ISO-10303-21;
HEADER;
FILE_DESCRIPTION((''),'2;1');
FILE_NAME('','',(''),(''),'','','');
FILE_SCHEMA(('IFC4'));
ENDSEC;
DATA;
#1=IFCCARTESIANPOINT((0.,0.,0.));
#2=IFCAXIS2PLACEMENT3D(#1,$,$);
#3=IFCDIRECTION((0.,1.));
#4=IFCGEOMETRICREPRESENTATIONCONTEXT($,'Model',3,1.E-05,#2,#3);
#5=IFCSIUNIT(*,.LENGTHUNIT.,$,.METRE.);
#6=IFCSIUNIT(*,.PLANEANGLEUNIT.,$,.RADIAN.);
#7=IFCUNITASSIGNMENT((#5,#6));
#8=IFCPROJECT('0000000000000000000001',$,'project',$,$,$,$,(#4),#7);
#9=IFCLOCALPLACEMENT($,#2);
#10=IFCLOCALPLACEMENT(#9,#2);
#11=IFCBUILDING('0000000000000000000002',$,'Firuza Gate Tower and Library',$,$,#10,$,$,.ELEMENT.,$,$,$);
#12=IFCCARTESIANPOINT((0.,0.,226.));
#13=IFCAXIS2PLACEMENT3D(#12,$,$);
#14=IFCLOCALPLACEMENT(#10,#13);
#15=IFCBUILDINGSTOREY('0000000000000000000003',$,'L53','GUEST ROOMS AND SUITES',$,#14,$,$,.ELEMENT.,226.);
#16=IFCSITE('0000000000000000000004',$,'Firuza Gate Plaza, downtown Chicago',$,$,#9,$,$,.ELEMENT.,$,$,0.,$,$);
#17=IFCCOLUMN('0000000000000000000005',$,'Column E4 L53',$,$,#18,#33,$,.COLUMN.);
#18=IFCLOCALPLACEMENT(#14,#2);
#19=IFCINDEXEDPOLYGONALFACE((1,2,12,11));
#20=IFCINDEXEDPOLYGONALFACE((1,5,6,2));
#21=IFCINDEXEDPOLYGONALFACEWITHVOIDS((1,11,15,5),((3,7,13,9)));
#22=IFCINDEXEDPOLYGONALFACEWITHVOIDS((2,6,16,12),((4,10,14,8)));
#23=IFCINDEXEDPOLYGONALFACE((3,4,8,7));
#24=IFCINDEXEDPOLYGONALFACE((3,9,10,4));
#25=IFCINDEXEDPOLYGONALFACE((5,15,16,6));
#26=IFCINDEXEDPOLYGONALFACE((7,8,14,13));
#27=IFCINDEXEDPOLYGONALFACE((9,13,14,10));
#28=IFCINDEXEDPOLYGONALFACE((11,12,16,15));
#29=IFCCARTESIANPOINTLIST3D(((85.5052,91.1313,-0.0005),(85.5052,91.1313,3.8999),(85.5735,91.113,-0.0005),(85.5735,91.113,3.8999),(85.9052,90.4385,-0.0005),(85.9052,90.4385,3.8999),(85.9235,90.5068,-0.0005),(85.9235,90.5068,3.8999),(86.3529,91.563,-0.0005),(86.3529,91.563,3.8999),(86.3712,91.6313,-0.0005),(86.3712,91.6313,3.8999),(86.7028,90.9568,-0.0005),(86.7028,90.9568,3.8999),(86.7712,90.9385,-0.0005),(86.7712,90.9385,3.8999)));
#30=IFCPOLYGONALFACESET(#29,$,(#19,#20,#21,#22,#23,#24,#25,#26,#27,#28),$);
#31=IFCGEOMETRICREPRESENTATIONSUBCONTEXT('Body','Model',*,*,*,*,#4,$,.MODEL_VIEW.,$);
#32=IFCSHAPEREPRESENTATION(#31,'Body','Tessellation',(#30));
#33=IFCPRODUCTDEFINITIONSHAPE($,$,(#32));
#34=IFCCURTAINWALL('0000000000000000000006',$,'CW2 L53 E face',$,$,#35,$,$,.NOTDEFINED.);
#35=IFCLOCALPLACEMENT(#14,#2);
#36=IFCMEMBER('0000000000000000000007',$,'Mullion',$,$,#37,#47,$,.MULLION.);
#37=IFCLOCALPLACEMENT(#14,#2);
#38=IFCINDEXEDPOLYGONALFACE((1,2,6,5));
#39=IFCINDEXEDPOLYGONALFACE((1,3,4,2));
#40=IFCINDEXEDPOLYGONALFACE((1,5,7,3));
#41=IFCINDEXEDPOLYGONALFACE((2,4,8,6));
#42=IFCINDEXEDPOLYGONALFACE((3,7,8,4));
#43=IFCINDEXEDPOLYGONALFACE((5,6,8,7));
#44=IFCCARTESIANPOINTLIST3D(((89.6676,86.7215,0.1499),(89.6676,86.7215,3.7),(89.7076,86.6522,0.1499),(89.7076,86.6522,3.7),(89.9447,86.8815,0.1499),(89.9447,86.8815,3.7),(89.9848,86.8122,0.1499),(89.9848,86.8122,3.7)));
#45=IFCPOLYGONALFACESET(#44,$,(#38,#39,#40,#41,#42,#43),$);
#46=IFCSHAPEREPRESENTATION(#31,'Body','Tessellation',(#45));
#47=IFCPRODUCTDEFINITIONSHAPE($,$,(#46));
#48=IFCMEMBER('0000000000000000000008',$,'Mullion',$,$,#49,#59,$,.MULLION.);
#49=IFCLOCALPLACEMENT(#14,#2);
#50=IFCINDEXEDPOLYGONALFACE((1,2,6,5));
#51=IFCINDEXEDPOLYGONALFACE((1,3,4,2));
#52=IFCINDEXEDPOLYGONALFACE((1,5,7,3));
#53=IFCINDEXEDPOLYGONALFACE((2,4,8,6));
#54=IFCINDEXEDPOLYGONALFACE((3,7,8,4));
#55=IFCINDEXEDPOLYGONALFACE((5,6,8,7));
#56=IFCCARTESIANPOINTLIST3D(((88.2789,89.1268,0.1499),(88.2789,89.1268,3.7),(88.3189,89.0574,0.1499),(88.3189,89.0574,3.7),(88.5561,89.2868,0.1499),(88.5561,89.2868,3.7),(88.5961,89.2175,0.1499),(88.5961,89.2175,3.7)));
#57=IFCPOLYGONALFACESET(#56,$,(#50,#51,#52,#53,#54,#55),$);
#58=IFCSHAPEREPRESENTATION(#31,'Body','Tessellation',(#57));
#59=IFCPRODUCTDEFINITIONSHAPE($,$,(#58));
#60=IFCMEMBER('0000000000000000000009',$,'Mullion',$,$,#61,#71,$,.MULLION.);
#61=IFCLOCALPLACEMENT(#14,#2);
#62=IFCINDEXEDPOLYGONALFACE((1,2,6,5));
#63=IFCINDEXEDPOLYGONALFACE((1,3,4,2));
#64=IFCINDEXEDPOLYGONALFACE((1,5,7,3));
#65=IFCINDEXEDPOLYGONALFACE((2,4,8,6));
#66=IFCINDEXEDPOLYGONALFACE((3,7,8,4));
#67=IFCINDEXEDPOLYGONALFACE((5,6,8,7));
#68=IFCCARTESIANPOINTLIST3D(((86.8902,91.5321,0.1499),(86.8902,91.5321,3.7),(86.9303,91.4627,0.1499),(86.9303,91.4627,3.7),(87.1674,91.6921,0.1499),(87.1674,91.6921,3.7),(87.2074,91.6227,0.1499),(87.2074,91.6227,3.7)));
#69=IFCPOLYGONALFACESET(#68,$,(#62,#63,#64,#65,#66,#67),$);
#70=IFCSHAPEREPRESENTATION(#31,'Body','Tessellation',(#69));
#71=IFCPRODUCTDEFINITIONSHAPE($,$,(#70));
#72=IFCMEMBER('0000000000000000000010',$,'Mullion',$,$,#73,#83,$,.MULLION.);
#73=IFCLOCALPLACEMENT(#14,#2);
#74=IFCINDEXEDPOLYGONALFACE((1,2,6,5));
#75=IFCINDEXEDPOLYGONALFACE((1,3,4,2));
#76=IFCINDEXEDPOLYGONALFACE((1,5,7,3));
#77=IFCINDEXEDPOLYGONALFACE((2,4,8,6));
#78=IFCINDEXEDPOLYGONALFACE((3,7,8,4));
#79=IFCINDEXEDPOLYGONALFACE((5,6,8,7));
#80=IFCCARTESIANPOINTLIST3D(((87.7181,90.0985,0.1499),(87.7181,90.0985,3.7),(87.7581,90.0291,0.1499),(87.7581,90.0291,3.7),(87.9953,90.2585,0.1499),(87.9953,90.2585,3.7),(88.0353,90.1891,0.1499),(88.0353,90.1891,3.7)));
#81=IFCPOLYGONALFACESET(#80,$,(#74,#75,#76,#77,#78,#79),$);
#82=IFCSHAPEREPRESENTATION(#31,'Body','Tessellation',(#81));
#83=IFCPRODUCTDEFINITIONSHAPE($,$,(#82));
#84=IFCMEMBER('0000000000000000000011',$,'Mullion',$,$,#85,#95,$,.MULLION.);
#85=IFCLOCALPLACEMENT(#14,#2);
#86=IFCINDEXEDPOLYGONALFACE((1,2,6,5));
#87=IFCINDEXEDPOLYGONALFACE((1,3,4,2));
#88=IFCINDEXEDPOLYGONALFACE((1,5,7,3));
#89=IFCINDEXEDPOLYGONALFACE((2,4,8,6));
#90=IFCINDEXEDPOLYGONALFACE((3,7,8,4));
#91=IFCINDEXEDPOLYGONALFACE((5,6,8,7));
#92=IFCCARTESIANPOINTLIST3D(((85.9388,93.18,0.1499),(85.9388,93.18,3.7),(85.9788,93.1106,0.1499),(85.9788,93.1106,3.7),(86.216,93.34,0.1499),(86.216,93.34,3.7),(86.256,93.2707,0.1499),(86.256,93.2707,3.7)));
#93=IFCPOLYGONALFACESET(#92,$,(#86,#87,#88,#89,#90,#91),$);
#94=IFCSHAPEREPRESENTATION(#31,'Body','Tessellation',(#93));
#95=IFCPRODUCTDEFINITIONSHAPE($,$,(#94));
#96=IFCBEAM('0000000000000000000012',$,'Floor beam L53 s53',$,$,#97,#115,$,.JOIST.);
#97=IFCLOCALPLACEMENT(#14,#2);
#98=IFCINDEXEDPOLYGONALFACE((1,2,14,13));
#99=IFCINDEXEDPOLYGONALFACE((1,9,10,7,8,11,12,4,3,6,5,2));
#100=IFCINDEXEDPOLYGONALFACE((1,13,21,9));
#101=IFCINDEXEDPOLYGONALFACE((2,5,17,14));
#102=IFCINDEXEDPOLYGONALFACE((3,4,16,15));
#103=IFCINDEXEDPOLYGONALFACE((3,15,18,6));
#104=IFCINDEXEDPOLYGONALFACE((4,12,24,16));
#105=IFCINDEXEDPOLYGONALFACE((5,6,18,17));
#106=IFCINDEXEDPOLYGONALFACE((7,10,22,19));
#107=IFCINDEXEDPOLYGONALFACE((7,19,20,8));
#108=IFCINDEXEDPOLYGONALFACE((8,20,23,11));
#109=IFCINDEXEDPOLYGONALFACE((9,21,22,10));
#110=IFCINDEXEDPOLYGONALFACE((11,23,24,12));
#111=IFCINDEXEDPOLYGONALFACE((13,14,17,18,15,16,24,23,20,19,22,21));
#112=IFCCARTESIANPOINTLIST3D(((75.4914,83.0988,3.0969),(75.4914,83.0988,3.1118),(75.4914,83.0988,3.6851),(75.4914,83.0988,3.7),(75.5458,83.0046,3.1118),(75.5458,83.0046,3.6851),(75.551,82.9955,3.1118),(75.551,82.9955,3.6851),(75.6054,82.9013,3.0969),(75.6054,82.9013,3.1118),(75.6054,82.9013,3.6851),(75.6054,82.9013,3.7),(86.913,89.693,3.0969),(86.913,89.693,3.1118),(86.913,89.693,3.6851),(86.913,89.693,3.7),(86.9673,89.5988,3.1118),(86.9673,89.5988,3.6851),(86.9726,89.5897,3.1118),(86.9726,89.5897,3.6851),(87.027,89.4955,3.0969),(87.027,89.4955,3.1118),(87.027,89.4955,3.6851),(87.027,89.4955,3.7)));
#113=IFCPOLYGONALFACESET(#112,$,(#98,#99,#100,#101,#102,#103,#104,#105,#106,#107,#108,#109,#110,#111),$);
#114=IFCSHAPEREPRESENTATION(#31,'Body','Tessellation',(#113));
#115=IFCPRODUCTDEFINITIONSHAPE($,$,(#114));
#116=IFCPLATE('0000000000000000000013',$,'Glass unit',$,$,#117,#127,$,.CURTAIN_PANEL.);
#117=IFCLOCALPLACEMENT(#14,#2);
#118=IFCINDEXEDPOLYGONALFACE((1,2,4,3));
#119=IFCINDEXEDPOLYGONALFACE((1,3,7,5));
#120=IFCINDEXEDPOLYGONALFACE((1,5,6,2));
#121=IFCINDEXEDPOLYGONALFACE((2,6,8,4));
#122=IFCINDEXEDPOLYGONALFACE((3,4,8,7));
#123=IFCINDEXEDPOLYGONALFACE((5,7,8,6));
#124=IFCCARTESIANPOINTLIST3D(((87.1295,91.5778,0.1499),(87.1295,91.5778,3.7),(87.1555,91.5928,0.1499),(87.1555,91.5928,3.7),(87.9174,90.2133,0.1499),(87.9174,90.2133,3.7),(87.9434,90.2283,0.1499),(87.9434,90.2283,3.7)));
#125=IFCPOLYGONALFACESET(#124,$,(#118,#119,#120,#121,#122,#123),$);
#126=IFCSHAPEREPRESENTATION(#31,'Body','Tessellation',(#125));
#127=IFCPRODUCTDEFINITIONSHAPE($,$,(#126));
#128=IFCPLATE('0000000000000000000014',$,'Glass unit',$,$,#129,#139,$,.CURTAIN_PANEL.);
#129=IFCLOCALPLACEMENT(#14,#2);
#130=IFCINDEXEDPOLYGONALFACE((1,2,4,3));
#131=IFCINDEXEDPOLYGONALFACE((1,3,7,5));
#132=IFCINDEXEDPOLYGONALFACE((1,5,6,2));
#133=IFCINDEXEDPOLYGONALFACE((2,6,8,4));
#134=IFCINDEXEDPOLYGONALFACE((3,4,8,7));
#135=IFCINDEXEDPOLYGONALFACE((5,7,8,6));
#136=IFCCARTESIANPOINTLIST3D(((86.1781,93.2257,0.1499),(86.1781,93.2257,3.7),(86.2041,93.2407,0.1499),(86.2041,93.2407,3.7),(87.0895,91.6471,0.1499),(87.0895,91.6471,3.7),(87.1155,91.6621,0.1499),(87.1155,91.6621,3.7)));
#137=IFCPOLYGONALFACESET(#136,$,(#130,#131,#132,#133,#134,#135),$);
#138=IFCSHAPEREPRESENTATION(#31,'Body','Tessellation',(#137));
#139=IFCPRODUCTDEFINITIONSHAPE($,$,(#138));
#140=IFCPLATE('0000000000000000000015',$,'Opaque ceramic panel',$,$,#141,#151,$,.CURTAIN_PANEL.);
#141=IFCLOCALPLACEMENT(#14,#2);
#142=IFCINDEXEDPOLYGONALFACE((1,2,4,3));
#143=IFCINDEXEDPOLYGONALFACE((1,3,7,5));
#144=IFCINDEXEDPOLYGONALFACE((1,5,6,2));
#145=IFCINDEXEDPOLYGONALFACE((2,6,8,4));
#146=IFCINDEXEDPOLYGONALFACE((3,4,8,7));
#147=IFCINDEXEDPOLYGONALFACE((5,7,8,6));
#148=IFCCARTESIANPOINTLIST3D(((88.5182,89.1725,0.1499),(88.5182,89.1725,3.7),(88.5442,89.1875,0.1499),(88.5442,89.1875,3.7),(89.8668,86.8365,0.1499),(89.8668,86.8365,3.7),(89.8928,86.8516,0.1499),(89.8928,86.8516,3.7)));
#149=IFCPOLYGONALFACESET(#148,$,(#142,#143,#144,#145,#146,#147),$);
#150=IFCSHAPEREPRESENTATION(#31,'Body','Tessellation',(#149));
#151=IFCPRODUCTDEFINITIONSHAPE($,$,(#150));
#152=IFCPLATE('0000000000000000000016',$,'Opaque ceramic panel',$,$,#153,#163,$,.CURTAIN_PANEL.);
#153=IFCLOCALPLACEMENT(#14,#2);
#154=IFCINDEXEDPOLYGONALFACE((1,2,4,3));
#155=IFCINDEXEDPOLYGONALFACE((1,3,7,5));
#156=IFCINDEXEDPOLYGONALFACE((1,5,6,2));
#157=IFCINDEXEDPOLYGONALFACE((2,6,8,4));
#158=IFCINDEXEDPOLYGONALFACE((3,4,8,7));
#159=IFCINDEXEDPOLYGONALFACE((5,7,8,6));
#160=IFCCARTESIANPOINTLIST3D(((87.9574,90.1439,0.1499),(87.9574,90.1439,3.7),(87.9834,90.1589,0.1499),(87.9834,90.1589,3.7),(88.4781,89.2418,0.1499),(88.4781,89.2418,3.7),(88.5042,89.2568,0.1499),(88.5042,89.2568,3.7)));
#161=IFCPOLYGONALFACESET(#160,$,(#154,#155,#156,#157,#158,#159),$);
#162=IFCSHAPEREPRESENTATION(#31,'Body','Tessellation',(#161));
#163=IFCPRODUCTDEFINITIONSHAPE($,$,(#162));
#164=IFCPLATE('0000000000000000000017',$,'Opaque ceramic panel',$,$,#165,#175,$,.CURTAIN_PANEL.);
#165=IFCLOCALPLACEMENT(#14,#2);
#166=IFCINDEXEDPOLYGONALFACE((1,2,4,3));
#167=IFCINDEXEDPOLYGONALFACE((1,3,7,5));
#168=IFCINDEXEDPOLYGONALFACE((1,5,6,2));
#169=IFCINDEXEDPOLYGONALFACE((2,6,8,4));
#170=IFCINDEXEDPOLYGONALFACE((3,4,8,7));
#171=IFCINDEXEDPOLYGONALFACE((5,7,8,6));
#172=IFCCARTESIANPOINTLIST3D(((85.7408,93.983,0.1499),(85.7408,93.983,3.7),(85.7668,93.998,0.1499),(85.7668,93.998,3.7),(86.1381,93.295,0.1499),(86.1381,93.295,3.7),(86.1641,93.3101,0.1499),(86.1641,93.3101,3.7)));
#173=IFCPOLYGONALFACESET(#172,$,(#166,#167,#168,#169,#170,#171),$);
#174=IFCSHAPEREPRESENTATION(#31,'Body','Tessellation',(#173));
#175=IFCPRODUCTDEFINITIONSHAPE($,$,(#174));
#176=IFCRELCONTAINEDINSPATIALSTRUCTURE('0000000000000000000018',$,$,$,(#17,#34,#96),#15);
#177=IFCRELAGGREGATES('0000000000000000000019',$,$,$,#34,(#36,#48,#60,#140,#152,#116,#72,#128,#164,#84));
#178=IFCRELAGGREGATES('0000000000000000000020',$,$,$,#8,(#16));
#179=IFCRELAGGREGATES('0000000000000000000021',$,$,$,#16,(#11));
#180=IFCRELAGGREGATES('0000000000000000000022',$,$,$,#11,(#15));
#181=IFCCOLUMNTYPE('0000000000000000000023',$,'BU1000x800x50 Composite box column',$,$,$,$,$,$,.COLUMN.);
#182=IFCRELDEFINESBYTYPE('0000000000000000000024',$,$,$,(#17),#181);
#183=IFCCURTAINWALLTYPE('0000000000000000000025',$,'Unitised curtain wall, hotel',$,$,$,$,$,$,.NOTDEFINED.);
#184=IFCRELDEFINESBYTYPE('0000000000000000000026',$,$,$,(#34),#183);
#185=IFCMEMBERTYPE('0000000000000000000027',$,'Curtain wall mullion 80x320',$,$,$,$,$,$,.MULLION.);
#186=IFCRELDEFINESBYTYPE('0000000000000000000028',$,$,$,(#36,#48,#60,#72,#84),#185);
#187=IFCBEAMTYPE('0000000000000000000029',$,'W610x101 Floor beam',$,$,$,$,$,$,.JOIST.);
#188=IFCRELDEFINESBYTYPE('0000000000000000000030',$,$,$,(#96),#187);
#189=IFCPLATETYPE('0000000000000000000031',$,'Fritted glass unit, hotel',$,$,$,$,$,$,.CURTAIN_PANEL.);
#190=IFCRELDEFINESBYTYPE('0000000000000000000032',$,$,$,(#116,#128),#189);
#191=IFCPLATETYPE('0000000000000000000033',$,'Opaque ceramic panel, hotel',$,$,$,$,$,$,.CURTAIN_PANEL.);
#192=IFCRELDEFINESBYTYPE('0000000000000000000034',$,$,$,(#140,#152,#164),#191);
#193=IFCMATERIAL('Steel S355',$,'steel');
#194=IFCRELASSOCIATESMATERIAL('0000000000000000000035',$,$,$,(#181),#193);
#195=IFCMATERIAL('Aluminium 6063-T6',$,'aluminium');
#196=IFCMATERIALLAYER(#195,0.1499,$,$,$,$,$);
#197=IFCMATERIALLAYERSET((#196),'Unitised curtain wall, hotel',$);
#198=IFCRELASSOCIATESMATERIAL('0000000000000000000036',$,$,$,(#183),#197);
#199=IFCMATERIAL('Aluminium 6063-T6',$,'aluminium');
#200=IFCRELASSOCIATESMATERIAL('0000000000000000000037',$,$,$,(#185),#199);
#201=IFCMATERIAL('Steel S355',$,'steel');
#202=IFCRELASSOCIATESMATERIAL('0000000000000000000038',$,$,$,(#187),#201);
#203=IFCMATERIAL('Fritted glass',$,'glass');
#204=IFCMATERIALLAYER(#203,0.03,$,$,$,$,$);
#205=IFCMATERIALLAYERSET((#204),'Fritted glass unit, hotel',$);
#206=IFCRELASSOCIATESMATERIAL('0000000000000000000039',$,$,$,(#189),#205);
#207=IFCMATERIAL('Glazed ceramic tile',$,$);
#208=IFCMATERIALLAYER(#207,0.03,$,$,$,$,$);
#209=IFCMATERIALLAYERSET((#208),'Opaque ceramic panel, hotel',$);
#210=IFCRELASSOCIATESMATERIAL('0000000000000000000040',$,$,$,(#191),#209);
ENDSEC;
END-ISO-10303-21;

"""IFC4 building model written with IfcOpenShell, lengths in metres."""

from ifc_helpers import new_model, si_unit, direction, frame, origin, origin_2d, place, context, subcontext, project, spatial, polyline, rectangle, hollow_rectangle, i_section, outline, extrude, material, layer, layer_set, material_profile, profile_set, type_object, element, aggregate, save


model = new_model("IFC4")

# Units and contexts
model_context = context("Model", 3, precision=1e-05, world=origin(), true_north=direction((0.0, 1.0)))
body_context = subcontext(model_context, "Body", "Model", "MODEL_VIEW")
ifc_project = project(units=[si_unit("LENGTHUNIT", "METRE"), si_unit("PLANEANGLEUNIT", "RADIAN")], contexts=[model_context])

# Site, building, storey
site_placement = place(None, origin())
site = spatial("IfcSite", under=ifc_project, at=site_placement, Name="Firuza Gate Plaza, downtown Chicago", CompositionType="ELEMENT", RefElevation=0.0)
building_placement = place(site_placement, origin())
building = spatial("IfcBuilding", under=site, at=building_placement, Name="Firuza Gate Tower and Library", CompositionType="ELEMENT")
storey_placement = place(building_placement, frame((0.0, 0.0, 226.0)))
storey = spatial("IfcBuildingStorey", under=building, at=storey_placement, Name="L53", Description="GUEST ROOMS AND SUITES", CompositionType="ELEMENT", Elevation=226.0)

# Column
ifc_material_1 = material(Name="Steel S355", Category="steel")
ifc_material_profile_1 = material_profile(ifc_material_1, hollow_rectangle(XDim=0.8, YDim=1.0, WallThickness=0.05, at=origin_2d()))
ifc_profile_set_1 = profile_set([ifc_material_profile_1], Name="Steel S355")
column_type = type_object("IfcColumnType", Name="BU1000x800x50 Composite box column", PredefinedType="COLUMN", material=ifc_profile_set_1)
column_placement = place(storey_placement, frame((86.1382, 91.0349, -0.0005), z_axis=(0.0, 0.0, 1.0), x_axis=(-0.5, 0.866025, 0.0)))
element("IfcColumn", 1, at=column_placement, inside=storey, type_object=column_type, Name="Column E4 L53", PredefinedType="COLUMN", context=body_context, shape_type="SweptSolid", body=[
    extrude(hollow_rectangle(XDim=0.8, YDim=1.0, WallThickness=0.05, at=origin_2d()), origin(), (0.0, 0.0, 1.0), 3.9004),
])

# Curtain wall, members
ifc_material_2 = material(Name="Aluminium 6063-T6", Category="aluminium")
ifc_layer_1 = layer(ifc_material_2, 0.1499)
ifc_layer_set_1 = layer_set([ifc_layer_1], Name="Unitised curtain wall, hotel")
curtain_wall_type = type_object("IfcCurtainWallType", Name="Unitised curtain wall, hotel", PredefinedType="NOTDEFINED", material=ifc_layer_set_1)
curtain_wall_placement = place(storey_placement, origin())
curtain_wall = element("IfcCurtainWall", 2, at=curtain_wall_placement, inside=storey, type_object=curtain_wall_type, Name="CW2 L53 E face", PredefinedType="NOTDEFINED")
ifc_material_3 = material(Name="Aluminium 6063-T6", Category="aluminium")
ifc_material_profile_2 = material_profile(ifc_material_3, rectangle(XDim=0.3201, YDim=0.0801, at=origin_2d()))
ifc_profile_set_2 = profile_set([ifc_material_profile_2], Name="Aluminium 6063-T6")
member_type = type_object("IfcMemberType", Name="Curtain wall mullion 80x320", PredefinedType="MULLION", material=ifc_profile_set_2)
member_1_placement = place(storey_placement, frame((89.8262, 86.7668, 0.1499), z_axis=(0.0, 0.0, 1.0), x_axis=(-0.866025, -0.5, 0.0)))
member_1 = element("IfcMember", 3, at=member_1_placement, type_object=member_type, Name="Mullion", PredefinedType="MULLION", context=body_context, shape_type="SweptSolid", body=[
    extrude(rectangle(XDim=0.3201, YDim=0.0801, at=origin_2d()), origin(), (0.0, 0.0, 1.0), 3.55),
])
member_2_placement = place(storey_placement, frame((88.4375, 89.1721, 0.1499), z_axis=(0.0, 0.0, 1.0), x_axis=(-0.866025, -0.5, 0.0)))
member_2 = element("IfcMember", 4, at=member_2_placement, type_object=member_type, Name="Mullion", PredefinedType="MULLION", context=body_context, shape_type="SweptSolid", body=[
    extrude(rectangle(XDim=0.3201, YDim=0.0801, at=origin_2d()), origin(), (0.0, 0.0, 1.0), 3.55),
])
member_3_placement = place(storey_placement, frame((87.0488, 91.5774, 0.1499), z_axis=(0.0, 0.0, 1.0), x_axis=(-0.866025, -0.5, 0.0)))
member_3 = element("IfcMember", 5, at=member_3_placement, type_object=member_type, Name="Mullion", PredefinedType="MULLION", context=body_context, shape_type="SweptSolid", body=[
    extrude(rectangle(XDim=0.3201, YDim=0.0801, at=origin_2d()), origin(), (0.0, 0.0, 1.0), 3.55),
])
member_4_placement = place(storey_placement, frame((87.8767, 90.1438, 0.1499), z_axis=(0.0, 0.0, 1.0), x_axis=(-0.866025, -0.5, 0.0)))
member_4 = element("IfcMember", 6, at=member_4_placement, type_object=member_type, Name="Mullion", PredefinedType="MULLION", context=body_context, shape_type="SweptSolid", body=[
    extrude(rectangle(XDim=0.3201, YDim=0.0801, at=origin_2d()), origin(), (0.0, 0.0, 1.0), 3.55),
])
member_5_placement = place(storey_placement, frame((86.0974, 93.2253, 0.1499), z_axis=(0.0, 0.0, 1.0), x_axis=(-0.866025, -0.5, 0.0)))
member_5 = element("IfcMember", 7, at=member_5_placement, type_object=member_type, Name="Mullion", PredefinedType="MULLION", context=body_context, shape_type="SweptSolid", body=[
    extrude(rectangle(XDim=0.3201, YDim=0.0801, at=origin_2d()), origin(), (0.0, 0.0, 1.0), 3.55),
])

# Beam
ifc_material_4 = material(Name="Steel S355", Category="steel")
ifc_material_profile_3 = material_profile(ifc_material_4, i_section(OverallWidth=0.228, OverallDepth=0.603, WebThickness=0.0105, FlangeThickness=0.0149, at=origin_2d()))
ifc_profile_set_3 = profile_set([ifc_material_profile_3], Name="Steel S355")
beam_type = type_object("IfcBeamType", Name="W610x101 Floor beam", PredefinedType="JOIST", material=ifc_profile_set_3)
beam_placement = place(storey_placement, frame((86.97, 89.5942, 3.3984), z_axis=(-0.866027, -0.499998, 0.0), x_axis=(0.499998, -0.866027, 0.0)))
element("IfcBeam", 8, at=beam_placement, inside=storey, type_object=beam_type, Name="Floor beam L53 s53", PredefinedType="JOIST", context=body_context, shape_type="SweptSolid", body=[
    extrude(i_section(OverallWidth=0.228, OverallDepth=0.603, WebThickness=0.0105, FlangeThickness=0.0149, at=origin_2d()), origin(), (0.0, 0.0, 1.0), 13.1885),
])

# Plates
ifc_material_5 = material(Name="Fritted glass", Category="glass")
ifc_layer_2 = layer(ifc_material_5, 0.03)
ifc_layer_set_2 = layer_set([ifc_layer_2], Name="Fritted glass unit, hotel")
plate_type_1 = type_object("IfcPlateType", Name="Fritted glass unit, hotel", PredefinedType="CURTAIN_PANEL", material=ifc_layer_set_2)
plate_1_placement = place(storey_placement, frame((87.9434, 90.2283, 0.1499), z_axis=(0.866013, 0.500022, 0.0), x_axis=(-0.500022, 0.866013, 0.0)))
plate_1 = element("IfcPlate", 9, at=plate_1_placement, type_object=plate_type_1, Name="Glass unit", PredefinedType="CURTAIN_PANEL", context=body_context, shape_type="SweptSolid", body=[
    extrude(outline(polyline([(0.0, 0.0), (1.5756, 0.0), (1.5756, 3.55), (0.0, 3.55), (0.0, 0.0)])), origin(), (0.0, 0.0, -1.0), 0.03),
])
plate_2_placement = place(storey_placement, frame((87.1155, 91.6621, 0.1499), z_axis=(0.866034, 0.499985, 0.0), x_axis=(-0.499985, 0.866034, 0.0)))
plate_2 = element("IfcPlate", 10, at=plate_2_placement, type_object=plate_type_1, Name="Glass unit", PredefinedType="CURTAIN_PANEL", context=body_context, shape_type="SweptSolid", body=[
    extrude(outline(polyline([(0.0, 0.0), (1.8228, 0.0), (1.8228, 3.55), (0.0, 3.55), (0.0, 0.0)])), origin(), (0.0, 0.0, -1.0), 0.03),
])
ifc_material_6 = material(Name="Glazed ceramic tile")
ifc_layer_3 = layer(ifc_material_6, 0.03)
ifc_layer_set_3 = layer_set([ifc_layer_3], Name="Opaque ceramic panel, hotel")
plate_type_2 = type_object("IfcPlateType", Name="Opaque ceramic panel, hotel", PredefinedType="CURTAIN_PANEL", material=ifc_layer_set_3)
plate_3_placement = place(storey_placement, frame((89.8928, 86.8516, 0.1499), z_axis=(0.866029, 0.499994, 0.0), x_axis=(-0.499994, 0.866029, 0.0)))
plate_3 = element("IfcPlate", 11, at=plate_3_placement, type_object=plate_type_2, Name="Opaque ceramic panel", PredefinedType="CURTAIN_PANEL", context=body_context, shape_type="SweptSolid", body=[
    extrude(outline(polyline([(0.0, 0.0), (2.6973, 0.0), (2.6973, 3.55), (0.0, 3.55), (0.0, 0.0)])), origin(), (0.0, 0.0, -1.0), 0.03),
])
plate_4_placement = place(storey_placement, frame((88.5042, 89.2568, 0.1499), z_axis=(0.866057, 0.499946, 0.0), x_axis=(-0.499946, 0.866057, 0.0)))
plate_4 = element("IfcPlate", 12, at=plate_4_placement, type_object=plate_type_2, Name="Opaque ceramic panel", PredefinedType="CURTAIN_PANEL", context=body_context, shape_type="SweptSolid", body=[
    extrude(outline(polyline([(0.0, 0.0), (1.0416, 0.0), (1.0416, 3.55), (0.0, 3.55), (0.0, 0.0)])), origin(), (0.0, 0.0, -1.0), 0.03),
])
plate_5_placement = place(storey_placement, frame((86.1641, 93.3101, 0.1499), z_axis=(0.866022, 0.500006, 0.0), x_axis=(-0.500006, 0.866022, 0.0)))
plate_5 = element("IfcPlate", 13, at=plate_5_placement, type_object=plate_type_2, Name="Opaque ceramic panel", PredefinedType="CURTAIN_PANEL", context=body_context, shape_type="SweptSolid", body=[
    extrude(outline(polyline([(0.0, 0.0), (0.7944, 0.0), (0.7944, 3.55), (0.0, 3.55), (0.0, 0.0)])), origin(), (0.0, 0.0, -1.0), 0.03),
])
aggregate(curtain_wall, [member_1, member_2, member_3, plate_3, plate_4, plate_1, member_4, plate_2, plate_5, member_5])

save(model, "model.ifc")
